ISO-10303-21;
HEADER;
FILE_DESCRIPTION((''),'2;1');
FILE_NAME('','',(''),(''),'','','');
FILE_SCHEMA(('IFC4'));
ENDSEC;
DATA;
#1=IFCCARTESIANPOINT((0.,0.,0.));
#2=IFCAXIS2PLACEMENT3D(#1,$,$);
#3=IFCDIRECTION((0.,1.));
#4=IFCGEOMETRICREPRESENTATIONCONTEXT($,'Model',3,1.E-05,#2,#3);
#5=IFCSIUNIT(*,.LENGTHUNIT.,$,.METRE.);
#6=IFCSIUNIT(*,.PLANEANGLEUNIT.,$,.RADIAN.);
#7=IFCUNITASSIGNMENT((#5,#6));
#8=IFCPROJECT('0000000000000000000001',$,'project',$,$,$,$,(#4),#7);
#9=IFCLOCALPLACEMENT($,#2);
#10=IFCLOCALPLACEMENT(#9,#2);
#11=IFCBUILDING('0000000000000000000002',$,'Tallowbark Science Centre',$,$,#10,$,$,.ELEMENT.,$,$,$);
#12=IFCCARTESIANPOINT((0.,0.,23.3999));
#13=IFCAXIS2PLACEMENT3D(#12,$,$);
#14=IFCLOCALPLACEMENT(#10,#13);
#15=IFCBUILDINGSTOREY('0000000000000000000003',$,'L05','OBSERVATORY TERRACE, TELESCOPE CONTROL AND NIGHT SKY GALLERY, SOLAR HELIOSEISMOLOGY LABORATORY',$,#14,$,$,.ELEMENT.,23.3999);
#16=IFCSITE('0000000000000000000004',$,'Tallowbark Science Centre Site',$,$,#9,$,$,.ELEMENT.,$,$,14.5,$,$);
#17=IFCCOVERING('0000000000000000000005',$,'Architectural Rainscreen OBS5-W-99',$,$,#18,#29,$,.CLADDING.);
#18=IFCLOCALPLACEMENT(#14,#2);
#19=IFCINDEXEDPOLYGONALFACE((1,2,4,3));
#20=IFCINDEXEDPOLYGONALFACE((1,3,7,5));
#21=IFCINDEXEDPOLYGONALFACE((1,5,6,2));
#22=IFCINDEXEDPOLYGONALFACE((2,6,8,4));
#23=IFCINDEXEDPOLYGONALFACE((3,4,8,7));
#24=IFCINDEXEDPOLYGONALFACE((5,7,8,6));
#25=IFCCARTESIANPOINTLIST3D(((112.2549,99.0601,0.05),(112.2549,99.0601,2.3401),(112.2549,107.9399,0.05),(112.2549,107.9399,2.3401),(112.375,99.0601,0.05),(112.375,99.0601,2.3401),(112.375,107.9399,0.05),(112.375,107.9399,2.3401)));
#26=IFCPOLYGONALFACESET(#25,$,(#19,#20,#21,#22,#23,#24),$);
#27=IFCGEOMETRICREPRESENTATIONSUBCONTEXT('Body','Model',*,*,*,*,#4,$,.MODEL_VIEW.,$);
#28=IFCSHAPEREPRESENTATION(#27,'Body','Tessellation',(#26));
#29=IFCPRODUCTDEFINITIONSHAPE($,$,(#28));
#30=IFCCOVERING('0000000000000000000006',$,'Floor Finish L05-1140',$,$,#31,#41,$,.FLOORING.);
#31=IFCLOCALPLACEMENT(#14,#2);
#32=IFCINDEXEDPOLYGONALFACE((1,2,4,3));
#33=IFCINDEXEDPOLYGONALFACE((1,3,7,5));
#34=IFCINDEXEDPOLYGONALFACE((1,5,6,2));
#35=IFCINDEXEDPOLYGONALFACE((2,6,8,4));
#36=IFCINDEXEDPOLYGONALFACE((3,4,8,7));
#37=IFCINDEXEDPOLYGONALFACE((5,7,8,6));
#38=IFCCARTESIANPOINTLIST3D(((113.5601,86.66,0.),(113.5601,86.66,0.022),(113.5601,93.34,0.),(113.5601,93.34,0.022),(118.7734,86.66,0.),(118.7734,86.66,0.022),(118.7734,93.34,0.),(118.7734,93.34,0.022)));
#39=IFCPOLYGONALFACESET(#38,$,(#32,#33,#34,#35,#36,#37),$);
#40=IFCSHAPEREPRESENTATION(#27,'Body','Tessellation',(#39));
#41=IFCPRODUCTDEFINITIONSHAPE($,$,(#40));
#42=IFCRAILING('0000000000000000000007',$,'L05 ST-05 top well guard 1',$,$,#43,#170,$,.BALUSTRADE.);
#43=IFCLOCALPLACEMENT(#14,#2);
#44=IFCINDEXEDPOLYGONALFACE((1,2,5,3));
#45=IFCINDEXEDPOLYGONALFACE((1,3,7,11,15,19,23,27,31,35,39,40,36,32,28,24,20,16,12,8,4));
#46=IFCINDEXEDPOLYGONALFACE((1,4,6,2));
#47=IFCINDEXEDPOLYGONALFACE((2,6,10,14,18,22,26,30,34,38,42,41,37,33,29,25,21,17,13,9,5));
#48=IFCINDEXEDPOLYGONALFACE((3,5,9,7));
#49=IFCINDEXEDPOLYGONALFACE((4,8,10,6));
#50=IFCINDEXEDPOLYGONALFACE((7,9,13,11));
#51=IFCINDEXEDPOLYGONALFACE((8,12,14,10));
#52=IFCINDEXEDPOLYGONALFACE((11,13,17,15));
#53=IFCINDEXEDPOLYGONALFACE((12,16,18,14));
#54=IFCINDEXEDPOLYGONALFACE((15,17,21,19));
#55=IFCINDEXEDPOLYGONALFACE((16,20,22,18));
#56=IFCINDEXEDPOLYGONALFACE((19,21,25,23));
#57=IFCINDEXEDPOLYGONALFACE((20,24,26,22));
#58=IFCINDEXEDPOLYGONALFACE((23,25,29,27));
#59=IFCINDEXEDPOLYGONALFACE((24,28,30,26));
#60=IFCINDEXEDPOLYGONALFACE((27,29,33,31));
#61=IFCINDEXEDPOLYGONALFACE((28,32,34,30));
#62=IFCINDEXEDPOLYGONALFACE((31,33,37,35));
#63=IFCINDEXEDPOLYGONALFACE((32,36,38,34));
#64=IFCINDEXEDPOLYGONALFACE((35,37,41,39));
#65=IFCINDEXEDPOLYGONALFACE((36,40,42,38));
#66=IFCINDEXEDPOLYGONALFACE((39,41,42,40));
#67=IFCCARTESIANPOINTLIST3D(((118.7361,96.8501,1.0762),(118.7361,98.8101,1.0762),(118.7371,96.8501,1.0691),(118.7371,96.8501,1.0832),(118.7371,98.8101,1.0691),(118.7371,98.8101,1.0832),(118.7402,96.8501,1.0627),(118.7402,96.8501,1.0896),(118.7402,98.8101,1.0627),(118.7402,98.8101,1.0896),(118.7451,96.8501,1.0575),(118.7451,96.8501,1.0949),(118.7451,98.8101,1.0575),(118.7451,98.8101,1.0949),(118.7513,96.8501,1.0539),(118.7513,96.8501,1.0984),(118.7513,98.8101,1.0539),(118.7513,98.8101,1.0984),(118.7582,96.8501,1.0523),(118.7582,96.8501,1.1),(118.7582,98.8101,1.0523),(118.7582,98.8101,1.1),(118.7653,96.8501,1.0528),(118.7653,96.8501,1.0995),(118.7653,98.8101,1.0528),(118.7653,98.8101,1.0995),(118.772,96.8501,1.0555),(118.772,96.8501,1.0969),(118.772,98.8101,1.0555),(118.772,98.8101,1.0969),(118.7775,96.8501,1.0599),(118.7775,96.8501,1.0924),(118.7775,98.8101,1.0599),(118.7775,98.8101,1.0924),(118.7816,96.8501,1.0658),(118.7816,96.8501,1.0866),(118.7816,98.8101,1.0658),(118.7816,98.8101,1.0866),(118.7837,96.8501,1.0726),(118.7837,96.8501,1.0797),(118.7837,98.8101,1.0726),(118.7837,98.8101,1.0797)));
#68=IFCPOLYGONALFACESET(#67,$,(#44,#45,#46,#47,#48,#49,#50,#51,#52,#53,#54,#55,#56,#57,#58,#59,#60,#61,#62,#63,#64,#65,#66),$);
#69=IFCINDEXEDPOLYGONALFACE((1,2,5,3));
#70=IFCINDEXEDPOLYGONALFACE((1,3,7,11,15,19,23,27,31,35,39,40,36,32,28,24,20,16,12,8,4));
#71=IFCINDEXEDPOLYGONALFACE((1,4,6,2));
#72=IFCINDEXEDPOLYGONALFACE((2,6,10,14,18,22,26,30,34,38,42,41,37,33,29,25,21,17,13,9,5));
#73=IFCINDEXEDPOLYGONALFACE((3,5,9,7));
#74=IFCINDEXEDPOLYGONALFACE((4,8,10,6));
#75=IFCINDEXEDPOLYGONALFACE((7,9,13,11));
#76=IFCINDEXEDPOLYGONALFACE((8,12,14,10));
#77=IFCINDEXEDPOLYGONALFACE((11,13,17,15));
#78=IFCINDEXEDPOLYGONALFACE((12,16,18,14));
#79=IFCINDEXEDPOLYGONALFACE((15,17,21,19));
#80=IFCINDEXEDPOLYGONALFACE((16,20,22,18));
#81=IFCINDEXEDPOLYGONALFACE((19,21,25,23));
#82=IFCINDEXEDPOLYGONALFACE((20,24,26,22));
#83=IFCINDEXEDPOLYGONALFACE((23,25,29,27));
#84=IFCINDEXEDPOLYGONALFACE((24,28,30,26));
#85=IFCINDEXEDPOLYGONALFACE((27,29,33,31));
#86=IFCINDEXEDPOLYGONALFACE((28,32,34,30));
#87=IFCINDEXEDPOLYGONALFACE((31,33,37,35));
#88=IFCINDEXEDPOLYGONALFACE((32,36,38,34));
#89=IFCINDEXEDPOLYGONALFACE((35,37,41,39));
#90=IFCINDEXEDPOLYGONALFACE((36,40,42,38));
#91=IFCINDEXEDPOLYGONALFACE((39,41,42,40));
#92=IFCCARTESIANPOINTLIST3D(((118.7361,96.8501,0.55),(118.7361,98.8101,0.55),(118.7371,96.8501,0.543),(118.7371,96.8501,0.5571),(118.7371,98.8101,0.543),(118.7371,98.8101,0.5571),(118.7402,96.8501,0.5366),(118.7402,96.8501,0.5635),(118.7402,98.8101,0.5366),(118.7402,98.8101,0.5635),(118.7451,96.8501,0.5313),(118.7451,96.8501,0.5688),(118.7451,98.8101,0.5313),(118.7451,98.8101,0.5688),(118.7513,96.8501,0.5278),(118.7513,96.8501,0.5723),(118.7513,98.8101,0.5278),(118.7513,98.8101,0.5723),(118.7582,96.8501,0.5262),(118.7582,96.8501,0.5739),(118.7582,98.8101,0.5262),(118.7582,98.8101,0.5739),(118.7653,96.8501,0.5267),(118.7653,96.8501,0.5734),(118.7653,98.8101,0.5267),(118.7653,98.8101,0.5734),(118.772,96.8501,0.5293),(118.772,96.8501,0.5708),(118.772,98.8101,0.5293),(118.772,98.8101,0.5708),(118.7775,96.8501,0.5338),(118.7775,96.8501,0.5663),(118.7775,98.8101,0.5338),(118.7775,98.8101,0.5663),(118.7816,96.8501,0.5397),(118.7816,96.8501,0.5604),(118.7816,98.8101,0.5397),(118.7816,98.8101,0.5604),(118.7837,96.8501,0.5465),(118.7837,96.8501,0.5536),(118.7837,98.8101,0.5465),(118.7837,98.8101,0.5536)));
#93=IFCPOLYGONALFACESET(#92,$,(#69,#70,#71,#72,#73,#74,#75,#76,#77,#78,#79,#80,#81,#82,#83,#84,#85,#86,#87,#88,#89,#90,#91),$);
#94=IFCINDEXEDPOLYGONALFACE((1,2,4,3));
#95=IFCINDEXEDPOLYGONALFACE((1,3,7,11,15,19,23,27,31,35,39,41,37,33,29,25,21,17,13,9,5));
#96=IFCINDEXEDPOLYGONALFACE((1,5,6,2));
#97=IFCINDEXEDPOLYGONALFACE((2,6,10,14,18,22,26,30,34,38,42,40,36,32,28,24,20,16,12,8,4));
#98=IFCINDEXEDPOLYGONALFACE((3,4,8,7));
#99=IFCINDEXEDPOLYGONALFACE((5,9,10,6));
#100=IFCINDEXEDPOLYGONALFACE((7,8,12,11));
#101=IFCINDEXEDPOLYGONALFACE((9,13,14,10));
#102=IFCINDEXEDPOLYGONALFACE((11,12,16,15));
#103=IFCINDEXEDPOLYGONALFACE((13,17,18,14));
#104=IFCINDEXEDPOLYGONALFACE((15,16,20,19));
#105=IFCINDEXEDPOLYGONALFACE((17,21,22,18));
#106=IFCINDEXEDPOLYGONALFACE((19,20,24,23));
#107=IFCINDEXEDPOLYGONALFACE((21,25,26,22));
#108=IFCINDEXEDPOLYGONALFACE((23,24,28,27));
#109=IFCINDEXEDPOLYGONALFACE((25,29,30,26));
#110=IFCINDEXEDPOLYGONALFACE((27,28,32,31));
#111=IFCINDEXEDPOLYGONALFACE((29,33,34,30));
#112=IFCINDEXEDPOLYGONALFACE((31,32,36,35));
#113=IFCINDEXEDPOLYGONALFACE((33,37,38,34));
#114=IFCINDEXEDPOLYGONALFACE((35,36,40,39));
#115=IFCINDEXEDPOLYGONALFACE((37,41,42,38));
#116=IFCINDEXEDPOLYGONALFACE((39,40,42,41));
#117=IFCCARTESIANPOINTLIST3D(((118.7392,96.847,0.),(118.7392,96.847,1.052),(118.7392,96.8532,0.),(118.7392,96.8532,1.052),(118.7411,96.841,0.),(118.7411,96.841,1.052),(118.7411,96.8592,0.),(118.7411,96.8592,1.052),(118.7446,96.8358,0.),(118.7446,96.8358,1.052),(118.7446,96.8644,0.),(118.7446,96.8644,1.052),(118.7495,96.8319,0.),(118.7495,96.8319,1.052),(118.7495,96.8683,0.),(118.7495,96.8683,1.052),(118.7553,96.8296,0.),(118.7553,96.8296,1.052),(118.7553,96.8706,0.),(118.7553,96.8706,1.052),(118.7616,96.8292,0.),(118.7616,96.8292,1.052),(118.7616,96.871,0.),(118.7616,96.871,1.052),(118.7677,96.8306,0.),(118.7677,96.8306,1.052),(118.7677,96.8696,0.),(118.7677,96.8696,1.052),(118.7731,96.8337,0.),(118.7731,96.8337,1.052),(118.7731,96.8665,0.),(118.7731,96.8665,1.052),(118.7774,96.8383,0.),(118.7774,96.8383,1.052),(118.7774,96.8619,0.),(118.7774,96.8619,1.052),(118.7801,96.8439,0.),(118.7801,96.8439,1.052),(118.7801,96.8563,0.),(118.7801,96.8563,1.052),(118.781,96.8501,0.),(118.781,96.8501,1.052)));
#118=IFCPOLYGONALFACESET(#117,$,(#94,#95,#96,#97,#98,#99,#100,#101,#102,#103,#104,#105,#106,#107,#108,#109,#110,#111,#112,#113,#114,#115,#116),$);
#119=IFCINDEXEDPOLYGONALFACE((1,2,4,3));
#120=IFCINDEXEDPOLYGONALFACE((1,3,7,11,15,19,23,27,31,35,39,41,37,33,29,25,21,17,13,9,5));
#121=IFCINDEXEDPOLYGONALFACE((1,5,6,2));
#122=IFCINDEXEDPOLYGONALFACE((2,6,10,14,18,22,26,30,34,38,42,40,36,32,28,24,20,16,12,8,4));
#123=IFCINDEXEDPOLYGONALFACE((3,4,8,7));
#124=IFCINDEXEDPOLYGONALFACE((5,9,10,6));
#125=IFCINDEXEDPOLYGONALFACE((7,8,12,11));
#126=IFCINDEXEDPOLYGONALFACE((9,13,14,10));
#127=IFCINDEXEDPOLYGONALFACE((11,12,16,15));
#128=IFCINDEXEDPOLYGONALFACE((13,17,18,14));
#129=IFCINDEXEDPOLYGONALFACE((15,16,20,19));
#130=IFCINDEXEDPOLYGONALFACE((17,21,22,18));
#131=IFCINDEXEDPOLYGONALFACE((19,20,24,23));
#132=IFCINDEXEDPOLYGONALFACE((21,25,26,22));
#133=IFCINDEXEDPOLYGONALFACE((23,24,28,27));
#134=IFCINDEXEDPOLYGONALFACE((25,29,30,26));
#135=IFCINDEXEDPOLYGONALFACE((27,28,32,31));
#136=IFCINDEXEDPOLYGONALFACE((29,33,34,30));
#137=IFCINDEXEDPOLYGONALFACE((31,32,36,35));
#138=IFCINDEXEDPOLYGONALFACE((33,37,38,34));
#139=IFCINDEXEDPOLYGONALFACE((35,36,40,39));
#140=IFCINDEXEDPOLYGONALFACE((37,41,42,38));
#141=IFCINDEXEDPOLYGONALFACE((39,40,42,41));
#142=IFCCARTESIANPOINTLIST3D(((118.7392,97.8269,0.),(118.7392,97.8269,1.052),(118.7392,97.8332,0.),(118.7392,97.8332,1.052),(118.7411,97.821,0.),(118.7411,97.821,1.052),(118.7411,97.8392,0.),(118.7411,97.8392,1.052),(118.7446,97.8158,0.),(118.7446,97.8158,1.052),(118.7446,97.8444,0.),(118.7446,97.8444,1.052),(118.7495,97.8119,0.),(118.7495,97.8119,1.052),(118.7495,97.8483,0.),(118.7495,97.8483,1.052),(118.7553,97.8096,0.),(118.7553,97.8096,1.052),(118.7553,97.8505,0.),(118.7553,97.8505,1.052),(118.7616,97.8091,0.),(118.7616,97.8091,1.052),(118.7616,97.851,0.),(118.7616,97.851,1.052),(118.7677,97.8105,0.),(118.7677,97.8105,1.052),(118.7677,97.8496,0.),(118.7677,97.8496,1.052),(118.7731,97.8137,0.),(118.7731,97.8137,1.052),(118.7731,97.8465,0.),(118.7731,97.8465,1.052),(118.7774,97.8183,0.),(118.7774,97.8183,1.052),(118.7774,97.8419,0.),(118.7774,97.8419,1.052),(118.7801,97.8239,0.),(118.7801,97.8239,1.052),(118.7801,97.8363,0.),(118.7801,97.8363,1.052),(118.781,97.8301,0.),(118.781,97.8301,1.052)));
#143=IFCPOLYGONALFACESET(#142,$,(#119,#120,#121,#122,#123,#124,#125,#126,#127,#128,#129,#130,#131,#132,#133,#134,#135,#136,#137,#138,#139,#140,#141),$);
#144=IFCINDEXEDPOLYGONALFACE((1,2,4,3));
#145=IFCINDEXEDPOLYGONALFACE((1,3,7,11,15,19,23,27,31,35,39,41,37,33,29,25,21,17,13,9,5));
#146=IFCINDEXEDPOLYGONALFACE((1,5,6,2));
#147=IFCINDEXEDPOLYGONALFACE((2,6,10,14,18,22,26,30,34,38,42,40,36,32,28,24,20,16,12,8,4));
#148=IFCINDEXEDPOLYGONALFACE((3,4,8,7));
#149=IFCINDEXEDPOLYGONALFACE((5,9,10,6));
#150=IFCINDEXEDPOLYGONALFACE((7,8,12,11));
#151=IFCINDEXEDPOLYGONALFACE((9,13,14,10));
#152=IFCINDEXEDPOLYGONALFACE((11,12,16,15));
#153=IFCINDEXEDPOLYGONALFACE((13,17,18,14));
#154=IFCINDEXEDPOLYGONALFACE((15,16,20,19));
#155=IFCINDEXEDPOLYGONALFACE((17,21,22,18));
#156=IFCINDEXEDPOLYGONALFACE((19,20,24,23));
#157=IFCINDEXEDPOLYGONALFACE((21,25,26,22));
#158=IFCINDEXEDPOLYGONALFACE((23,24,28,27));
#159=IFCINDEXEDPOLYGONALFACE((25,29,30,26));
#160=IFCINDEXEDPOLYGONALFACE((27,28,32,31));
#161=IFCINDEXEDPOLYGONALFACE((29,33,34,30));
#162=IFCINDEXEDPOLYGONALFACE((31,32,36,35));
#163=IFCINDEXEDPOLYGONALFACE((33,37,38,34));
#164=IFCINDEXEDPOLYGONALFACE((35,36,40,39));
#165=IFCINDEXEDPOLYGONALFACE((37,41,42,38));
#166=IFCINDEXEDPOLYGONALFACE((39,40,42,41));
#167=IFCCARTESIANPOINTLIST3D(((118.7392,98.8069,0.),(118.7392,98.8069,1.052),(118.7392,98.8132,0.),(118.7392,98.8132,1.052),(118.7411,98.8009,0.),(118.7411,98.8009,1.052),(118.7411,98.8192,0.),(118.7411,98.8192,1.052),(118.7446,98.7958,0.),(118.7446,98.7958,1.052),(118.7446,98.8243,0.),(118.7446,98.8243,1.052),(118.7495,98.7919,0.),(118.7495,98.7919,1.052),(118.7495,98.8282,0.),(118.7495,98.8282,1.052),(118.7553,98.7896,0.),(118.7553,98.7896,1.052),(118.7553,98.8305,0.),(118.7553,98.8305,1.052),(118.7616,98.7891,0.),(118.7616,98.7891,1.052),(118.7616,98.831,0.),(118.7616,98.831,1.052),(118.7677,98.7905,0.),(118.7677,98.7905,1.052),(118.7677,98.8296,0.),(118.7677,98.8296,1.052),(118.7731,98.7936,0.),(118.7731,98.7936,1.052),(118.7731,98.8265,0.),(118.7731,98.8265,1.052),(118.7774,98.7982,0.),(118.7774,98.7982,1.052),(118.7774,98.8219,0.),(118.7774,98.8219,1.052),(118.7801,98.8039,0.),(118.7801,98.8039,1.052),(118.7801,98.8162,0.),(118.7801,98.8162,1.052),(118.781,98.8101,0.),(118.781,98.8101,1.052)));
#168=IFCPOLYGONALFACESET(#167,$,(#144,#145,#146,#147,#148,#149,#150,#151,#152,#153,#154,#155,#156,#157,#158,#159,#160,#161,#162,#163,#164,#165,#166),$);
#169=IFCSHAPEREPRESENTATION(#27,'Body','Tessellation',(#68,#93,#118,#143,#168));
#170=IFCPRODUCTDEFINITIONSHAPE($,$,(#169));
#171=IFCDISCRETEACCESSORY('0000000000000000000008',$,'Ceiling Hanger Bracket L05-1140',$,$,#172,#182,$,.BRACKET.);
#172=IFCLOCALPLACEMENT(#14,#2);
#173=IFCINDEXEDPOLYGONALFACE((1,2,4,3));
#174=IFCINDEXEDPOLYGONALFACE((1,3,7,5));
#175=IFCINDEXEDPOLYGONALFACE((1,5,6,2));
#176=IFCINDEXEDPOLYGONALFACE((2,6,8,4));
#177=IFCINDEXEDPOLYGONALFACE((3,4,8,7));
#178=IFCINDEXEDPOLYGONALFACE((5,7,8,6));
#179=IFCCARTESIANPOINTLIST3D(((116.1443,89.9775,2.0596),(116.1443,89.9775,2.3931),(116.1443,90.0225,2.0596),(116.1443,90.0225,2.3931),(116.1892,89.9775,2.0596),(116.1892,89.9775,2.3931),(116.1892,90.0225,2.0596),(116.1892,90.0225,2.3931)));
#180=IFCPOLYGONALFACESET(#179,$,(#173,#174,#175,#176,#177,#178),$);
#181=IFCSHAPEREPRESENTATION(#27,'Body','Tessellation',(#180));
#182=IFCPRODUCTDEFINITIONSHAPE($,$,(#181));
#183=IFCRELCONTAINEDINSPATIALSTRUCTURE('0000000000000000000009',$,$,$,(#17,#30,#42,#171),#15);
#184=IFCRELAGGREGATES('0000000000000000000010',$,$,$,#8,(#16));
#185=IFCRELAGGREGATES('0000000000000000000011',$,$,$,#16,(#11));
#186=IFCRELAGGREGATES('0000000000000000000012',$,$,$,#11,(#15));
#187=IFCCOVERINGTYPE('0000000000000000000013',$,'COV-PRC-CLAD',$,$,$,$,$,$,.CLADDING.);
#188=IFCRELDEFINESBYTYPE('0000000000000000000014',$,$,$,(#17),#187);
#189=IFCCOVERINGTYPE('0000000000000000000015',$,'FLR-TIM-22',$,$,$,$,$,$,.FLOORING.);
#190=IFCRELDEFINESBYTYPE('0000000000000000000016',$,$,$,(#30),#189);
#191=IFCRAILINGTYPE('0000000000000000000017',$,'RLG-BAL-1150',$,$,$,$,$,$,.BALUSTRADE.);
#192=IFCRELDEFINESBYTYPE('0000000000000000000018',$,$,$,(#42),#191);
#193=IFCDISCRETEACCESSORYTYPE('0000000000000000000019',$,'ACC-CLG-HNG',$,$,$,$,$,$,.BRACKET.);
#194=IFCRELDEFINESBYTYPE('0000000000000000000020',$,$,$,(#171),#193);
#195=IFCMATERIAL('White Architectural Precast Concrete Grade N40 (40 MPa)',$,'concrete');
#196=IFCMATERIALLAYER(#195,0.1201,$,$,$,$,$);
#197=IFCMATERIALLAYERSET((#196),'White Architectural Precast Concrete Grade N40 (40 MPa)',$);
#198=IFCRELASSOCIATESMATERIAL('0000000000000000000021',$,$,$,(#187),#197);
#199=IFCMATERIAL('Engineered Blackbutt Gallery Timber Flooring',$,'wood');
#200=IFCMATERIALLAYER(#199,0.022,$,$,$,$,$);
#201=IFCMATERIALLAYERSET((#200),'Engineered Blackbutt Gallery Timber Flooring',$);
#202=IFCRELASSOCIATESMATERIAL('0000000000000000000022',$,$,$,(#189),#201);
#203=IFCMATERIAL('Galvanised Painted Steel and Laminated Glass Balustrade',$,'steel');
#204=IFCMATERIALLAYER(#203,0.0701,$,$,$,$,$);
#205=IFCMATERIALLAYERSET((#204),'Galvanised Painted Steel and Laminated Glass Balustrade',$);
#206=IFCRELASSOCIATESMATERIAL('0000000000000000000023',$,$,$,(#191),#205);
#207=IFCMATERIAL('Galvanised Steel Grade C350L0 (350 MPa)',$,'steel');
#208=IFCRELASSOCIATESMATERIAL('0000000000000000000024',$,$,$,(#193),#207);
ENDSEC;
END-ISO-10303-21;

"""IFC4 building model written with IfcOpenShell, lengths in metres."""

from ifc_helpers import new_model, si_unit, direction, frame, origin, origin_2d, place, context, subcontext, project, spatial, rectangle, circle, extrude, material, layer, layer_set, type_object, element, save


model = new_model("IFC4")

# Units and contexts
model_context = context("Model", 3, precision=1e-05, world=origin(), true_north=direction((0.0, 1.0)))
body_context = subcontext(model_context, "Body", "Model", "MODEL_VIEW")
ifc_project = project(units=[si_unit("LENGTHUNIT", "METRE"), si_unit("PLANEANGLEUNIT", "RADIAN")], contexts=[model_context])

# Site, building, storey
site_placement = place(None, origin())
site = spatial("IfcSite", under=ifc_project, at=site_placement, Name="Tallowbark Science Centre Site", CompositionType="ELEMENT", RefElevation=14.5)
building_placement = place(site_placement, origin())
building = spatial("IfcBuilding", under=site, at=building_placement, Name="Tallowbark Science Centre", CompositionType="ELEMENT")
storey_placement = place(building_placement, frame((0.0, 0.0, 23.3999)))
storey = spatial("IfcBuildingStorey", under=building, at=storey_placement, Name="L05", Description="OBSERVATORY TERRACE, TELESCOPE CONTROL AND NIGHT SKY GALLERY, SOLAR HELIOSEISMOLOGY LABORATORY", CompositionType="ELEMENT", Elevation=23.3999)

# Coverings
ifc_material_1 = material(Name="White Architectural Precast Concrete Grade N40 (40 MPa)", Category="concrete")
ifc_layer_1 = layer(ifc_material_1, 0.1201)
ifc_layer_set_1 = layer_set([ifc_layer_1], Name="White Architectural Precast Concrete Grade N40 (40 MPa)")
covering_type_1 = type_object("IfcCoveringType", Name="COV-PRC-CLAD", PredefinedType="CLADDING", material=ifc_layer_set_1)
for number, where, z_axis, x_axis, name in (
    (1, (112.3149, 103.5, 0.05), (0.0, 0.0, 1.0), (0.0, -1.0, 0.0), "Architectural Rainscreen OBS5-W-99"),
):
    element("IfcCovering", number, at=place(storey_placement, frame(where, z_axis=z_axis, x_axis=x_axis)), inside=storey, type_object=covering_type_1, Name=name, PredefinedType="CLADDING", context=body_context, shape_type="SweptSolid", body=[
        extrude(rectangle(XDim=8.8799, YDim=0.1201, at=origin_2d()), origin(), (0.0, 0.0, 1.0), 2.29),
    ])
ifc_material_2 = material(Name="Engineered Blackbutt Gallery Timber Flooring", Category="wood")
ifc_layer_2 = layer(ifc_material_2, 0.022)
ifc_layer_set_2 = layer_set([ifc_layer_2], Name="Engineered Blackbutt Gallery Timber Flooring")
covering_type_2 = type_object("IfcCoveringType", Name="FLR-TIM-22", PredefinedType="FLOORING", material=ifc_layer_set_2)
covering_1_placement = place(storey_placement, frame((116.1667, 90.0, 0.0), z_axis=(0.0, 0.0, 1.0), x_axis=(1.0, 0.0, 0.0)))
element("IfcCovering", 2, at=covering_1_placement, inside=storey, type_object=covering_type_2, Name="Floor Finish L05-1140", PredefinedType="FLOORING", context=body_context, shape_type="SweptSolid", body=[
    extrude(rectangle(XDim=5.2134, YDim=6.6799, at=origin_2d()), origin(), (0.0, 0.0, 1.0), 0.022),
])

# Railing
ifc_material_3 = material(Name="Galvanised Painted Steel and Laminated Glass Balustrade", Category="steel")
ifc_layer_3 = layer(ifc_material_3, 0.0701)
ifc_layer_set_3 = layer_set([ifc_layer_3], Name="Galvanised Painted Steel and Laminated Glass Balustrade")
railing_type = type_object("IfcRailingType", Name="RLG-BAL-1150", PredefinedType="BALUSTRADE", material=ifc_layer_set_3)
railing_placement = place(storey_placement, frame((118.76, 96.8501, 0.0)))
element("IfcRailing", 3, at=railing_placement, inside=storey, type_object=railing_type, Name="L05 ST-05 top well guard 1", PredefinedType="BALUSTRADE", context=body_context, shape_type="SweptSolid", body=[
    extrude(circle(Radius=0.0239, at=origin_2d()), frame((0.0, 0.0, 1.0762), z_axis=(0.0, 1.0, 0.0), x_axis=(-1.0, 0.0, 0.0)), (0.0, 0.0, 1.0), 1.96),
    extrude(circle(Radius=0.0239, at=origin_2d()), frame((0.0, 0.0, 0.55), z_axis=(0.0, 1.0, 0.0), x_axis=(-1.0, 0.0, 0.0)), (0.0, 0.0, 1.0), 1.96),
    extrude(circle(Radius=0.021, at=origin_2d()), origin(), (0.0, 0.0, 1.0), 1.052),
    extrude(circle(Radius=0.021, at=origin_2d()), frame((0.0, 0.98, 0.0)), (0.0, 0.0, 1.0), 1.052),
    extrude(circle(Radius=0.021, at=origin_2d()), frame((0.0, 1.96, 0.0)), (0.0, 0.0, 1.0), 1.052),
])

# Discrete accessory
ifc_material_4 = material(Name="Galvanised Steel Grade C350L0 (350 MPa)", Category="steel")
discrete_accessory_type = type_object("IfcDiscreteAccessoryType", Name="ACC-CLG-HNG", PredefinedType="BRACKET", material=ifc_material_4)
discrete_accessory_placement = place(storey_placement, frame((116.1667, 90.0, 2.0596), z_axis=(0.0, 0.0, 1.0), x_axis=(1.0, 0.0, 0.0)))
element("IfcDiscreteAccessory", 4, at=discrete_accessory_placement, inside=storey, type_object=discrete_accessory_type, Name="Ceiling Hanger Bracket L05-1140", PredefinedType="BRACKET", context=body_context, shape_type="SweptSolid", body=[
    extrude(rectangle(XDim=0.0449, YDim=0.0449, at=origin_2d()), origin(), (0.0, 0.0, 1.0), 0.3335),
])

save(model, "model.ifc")
